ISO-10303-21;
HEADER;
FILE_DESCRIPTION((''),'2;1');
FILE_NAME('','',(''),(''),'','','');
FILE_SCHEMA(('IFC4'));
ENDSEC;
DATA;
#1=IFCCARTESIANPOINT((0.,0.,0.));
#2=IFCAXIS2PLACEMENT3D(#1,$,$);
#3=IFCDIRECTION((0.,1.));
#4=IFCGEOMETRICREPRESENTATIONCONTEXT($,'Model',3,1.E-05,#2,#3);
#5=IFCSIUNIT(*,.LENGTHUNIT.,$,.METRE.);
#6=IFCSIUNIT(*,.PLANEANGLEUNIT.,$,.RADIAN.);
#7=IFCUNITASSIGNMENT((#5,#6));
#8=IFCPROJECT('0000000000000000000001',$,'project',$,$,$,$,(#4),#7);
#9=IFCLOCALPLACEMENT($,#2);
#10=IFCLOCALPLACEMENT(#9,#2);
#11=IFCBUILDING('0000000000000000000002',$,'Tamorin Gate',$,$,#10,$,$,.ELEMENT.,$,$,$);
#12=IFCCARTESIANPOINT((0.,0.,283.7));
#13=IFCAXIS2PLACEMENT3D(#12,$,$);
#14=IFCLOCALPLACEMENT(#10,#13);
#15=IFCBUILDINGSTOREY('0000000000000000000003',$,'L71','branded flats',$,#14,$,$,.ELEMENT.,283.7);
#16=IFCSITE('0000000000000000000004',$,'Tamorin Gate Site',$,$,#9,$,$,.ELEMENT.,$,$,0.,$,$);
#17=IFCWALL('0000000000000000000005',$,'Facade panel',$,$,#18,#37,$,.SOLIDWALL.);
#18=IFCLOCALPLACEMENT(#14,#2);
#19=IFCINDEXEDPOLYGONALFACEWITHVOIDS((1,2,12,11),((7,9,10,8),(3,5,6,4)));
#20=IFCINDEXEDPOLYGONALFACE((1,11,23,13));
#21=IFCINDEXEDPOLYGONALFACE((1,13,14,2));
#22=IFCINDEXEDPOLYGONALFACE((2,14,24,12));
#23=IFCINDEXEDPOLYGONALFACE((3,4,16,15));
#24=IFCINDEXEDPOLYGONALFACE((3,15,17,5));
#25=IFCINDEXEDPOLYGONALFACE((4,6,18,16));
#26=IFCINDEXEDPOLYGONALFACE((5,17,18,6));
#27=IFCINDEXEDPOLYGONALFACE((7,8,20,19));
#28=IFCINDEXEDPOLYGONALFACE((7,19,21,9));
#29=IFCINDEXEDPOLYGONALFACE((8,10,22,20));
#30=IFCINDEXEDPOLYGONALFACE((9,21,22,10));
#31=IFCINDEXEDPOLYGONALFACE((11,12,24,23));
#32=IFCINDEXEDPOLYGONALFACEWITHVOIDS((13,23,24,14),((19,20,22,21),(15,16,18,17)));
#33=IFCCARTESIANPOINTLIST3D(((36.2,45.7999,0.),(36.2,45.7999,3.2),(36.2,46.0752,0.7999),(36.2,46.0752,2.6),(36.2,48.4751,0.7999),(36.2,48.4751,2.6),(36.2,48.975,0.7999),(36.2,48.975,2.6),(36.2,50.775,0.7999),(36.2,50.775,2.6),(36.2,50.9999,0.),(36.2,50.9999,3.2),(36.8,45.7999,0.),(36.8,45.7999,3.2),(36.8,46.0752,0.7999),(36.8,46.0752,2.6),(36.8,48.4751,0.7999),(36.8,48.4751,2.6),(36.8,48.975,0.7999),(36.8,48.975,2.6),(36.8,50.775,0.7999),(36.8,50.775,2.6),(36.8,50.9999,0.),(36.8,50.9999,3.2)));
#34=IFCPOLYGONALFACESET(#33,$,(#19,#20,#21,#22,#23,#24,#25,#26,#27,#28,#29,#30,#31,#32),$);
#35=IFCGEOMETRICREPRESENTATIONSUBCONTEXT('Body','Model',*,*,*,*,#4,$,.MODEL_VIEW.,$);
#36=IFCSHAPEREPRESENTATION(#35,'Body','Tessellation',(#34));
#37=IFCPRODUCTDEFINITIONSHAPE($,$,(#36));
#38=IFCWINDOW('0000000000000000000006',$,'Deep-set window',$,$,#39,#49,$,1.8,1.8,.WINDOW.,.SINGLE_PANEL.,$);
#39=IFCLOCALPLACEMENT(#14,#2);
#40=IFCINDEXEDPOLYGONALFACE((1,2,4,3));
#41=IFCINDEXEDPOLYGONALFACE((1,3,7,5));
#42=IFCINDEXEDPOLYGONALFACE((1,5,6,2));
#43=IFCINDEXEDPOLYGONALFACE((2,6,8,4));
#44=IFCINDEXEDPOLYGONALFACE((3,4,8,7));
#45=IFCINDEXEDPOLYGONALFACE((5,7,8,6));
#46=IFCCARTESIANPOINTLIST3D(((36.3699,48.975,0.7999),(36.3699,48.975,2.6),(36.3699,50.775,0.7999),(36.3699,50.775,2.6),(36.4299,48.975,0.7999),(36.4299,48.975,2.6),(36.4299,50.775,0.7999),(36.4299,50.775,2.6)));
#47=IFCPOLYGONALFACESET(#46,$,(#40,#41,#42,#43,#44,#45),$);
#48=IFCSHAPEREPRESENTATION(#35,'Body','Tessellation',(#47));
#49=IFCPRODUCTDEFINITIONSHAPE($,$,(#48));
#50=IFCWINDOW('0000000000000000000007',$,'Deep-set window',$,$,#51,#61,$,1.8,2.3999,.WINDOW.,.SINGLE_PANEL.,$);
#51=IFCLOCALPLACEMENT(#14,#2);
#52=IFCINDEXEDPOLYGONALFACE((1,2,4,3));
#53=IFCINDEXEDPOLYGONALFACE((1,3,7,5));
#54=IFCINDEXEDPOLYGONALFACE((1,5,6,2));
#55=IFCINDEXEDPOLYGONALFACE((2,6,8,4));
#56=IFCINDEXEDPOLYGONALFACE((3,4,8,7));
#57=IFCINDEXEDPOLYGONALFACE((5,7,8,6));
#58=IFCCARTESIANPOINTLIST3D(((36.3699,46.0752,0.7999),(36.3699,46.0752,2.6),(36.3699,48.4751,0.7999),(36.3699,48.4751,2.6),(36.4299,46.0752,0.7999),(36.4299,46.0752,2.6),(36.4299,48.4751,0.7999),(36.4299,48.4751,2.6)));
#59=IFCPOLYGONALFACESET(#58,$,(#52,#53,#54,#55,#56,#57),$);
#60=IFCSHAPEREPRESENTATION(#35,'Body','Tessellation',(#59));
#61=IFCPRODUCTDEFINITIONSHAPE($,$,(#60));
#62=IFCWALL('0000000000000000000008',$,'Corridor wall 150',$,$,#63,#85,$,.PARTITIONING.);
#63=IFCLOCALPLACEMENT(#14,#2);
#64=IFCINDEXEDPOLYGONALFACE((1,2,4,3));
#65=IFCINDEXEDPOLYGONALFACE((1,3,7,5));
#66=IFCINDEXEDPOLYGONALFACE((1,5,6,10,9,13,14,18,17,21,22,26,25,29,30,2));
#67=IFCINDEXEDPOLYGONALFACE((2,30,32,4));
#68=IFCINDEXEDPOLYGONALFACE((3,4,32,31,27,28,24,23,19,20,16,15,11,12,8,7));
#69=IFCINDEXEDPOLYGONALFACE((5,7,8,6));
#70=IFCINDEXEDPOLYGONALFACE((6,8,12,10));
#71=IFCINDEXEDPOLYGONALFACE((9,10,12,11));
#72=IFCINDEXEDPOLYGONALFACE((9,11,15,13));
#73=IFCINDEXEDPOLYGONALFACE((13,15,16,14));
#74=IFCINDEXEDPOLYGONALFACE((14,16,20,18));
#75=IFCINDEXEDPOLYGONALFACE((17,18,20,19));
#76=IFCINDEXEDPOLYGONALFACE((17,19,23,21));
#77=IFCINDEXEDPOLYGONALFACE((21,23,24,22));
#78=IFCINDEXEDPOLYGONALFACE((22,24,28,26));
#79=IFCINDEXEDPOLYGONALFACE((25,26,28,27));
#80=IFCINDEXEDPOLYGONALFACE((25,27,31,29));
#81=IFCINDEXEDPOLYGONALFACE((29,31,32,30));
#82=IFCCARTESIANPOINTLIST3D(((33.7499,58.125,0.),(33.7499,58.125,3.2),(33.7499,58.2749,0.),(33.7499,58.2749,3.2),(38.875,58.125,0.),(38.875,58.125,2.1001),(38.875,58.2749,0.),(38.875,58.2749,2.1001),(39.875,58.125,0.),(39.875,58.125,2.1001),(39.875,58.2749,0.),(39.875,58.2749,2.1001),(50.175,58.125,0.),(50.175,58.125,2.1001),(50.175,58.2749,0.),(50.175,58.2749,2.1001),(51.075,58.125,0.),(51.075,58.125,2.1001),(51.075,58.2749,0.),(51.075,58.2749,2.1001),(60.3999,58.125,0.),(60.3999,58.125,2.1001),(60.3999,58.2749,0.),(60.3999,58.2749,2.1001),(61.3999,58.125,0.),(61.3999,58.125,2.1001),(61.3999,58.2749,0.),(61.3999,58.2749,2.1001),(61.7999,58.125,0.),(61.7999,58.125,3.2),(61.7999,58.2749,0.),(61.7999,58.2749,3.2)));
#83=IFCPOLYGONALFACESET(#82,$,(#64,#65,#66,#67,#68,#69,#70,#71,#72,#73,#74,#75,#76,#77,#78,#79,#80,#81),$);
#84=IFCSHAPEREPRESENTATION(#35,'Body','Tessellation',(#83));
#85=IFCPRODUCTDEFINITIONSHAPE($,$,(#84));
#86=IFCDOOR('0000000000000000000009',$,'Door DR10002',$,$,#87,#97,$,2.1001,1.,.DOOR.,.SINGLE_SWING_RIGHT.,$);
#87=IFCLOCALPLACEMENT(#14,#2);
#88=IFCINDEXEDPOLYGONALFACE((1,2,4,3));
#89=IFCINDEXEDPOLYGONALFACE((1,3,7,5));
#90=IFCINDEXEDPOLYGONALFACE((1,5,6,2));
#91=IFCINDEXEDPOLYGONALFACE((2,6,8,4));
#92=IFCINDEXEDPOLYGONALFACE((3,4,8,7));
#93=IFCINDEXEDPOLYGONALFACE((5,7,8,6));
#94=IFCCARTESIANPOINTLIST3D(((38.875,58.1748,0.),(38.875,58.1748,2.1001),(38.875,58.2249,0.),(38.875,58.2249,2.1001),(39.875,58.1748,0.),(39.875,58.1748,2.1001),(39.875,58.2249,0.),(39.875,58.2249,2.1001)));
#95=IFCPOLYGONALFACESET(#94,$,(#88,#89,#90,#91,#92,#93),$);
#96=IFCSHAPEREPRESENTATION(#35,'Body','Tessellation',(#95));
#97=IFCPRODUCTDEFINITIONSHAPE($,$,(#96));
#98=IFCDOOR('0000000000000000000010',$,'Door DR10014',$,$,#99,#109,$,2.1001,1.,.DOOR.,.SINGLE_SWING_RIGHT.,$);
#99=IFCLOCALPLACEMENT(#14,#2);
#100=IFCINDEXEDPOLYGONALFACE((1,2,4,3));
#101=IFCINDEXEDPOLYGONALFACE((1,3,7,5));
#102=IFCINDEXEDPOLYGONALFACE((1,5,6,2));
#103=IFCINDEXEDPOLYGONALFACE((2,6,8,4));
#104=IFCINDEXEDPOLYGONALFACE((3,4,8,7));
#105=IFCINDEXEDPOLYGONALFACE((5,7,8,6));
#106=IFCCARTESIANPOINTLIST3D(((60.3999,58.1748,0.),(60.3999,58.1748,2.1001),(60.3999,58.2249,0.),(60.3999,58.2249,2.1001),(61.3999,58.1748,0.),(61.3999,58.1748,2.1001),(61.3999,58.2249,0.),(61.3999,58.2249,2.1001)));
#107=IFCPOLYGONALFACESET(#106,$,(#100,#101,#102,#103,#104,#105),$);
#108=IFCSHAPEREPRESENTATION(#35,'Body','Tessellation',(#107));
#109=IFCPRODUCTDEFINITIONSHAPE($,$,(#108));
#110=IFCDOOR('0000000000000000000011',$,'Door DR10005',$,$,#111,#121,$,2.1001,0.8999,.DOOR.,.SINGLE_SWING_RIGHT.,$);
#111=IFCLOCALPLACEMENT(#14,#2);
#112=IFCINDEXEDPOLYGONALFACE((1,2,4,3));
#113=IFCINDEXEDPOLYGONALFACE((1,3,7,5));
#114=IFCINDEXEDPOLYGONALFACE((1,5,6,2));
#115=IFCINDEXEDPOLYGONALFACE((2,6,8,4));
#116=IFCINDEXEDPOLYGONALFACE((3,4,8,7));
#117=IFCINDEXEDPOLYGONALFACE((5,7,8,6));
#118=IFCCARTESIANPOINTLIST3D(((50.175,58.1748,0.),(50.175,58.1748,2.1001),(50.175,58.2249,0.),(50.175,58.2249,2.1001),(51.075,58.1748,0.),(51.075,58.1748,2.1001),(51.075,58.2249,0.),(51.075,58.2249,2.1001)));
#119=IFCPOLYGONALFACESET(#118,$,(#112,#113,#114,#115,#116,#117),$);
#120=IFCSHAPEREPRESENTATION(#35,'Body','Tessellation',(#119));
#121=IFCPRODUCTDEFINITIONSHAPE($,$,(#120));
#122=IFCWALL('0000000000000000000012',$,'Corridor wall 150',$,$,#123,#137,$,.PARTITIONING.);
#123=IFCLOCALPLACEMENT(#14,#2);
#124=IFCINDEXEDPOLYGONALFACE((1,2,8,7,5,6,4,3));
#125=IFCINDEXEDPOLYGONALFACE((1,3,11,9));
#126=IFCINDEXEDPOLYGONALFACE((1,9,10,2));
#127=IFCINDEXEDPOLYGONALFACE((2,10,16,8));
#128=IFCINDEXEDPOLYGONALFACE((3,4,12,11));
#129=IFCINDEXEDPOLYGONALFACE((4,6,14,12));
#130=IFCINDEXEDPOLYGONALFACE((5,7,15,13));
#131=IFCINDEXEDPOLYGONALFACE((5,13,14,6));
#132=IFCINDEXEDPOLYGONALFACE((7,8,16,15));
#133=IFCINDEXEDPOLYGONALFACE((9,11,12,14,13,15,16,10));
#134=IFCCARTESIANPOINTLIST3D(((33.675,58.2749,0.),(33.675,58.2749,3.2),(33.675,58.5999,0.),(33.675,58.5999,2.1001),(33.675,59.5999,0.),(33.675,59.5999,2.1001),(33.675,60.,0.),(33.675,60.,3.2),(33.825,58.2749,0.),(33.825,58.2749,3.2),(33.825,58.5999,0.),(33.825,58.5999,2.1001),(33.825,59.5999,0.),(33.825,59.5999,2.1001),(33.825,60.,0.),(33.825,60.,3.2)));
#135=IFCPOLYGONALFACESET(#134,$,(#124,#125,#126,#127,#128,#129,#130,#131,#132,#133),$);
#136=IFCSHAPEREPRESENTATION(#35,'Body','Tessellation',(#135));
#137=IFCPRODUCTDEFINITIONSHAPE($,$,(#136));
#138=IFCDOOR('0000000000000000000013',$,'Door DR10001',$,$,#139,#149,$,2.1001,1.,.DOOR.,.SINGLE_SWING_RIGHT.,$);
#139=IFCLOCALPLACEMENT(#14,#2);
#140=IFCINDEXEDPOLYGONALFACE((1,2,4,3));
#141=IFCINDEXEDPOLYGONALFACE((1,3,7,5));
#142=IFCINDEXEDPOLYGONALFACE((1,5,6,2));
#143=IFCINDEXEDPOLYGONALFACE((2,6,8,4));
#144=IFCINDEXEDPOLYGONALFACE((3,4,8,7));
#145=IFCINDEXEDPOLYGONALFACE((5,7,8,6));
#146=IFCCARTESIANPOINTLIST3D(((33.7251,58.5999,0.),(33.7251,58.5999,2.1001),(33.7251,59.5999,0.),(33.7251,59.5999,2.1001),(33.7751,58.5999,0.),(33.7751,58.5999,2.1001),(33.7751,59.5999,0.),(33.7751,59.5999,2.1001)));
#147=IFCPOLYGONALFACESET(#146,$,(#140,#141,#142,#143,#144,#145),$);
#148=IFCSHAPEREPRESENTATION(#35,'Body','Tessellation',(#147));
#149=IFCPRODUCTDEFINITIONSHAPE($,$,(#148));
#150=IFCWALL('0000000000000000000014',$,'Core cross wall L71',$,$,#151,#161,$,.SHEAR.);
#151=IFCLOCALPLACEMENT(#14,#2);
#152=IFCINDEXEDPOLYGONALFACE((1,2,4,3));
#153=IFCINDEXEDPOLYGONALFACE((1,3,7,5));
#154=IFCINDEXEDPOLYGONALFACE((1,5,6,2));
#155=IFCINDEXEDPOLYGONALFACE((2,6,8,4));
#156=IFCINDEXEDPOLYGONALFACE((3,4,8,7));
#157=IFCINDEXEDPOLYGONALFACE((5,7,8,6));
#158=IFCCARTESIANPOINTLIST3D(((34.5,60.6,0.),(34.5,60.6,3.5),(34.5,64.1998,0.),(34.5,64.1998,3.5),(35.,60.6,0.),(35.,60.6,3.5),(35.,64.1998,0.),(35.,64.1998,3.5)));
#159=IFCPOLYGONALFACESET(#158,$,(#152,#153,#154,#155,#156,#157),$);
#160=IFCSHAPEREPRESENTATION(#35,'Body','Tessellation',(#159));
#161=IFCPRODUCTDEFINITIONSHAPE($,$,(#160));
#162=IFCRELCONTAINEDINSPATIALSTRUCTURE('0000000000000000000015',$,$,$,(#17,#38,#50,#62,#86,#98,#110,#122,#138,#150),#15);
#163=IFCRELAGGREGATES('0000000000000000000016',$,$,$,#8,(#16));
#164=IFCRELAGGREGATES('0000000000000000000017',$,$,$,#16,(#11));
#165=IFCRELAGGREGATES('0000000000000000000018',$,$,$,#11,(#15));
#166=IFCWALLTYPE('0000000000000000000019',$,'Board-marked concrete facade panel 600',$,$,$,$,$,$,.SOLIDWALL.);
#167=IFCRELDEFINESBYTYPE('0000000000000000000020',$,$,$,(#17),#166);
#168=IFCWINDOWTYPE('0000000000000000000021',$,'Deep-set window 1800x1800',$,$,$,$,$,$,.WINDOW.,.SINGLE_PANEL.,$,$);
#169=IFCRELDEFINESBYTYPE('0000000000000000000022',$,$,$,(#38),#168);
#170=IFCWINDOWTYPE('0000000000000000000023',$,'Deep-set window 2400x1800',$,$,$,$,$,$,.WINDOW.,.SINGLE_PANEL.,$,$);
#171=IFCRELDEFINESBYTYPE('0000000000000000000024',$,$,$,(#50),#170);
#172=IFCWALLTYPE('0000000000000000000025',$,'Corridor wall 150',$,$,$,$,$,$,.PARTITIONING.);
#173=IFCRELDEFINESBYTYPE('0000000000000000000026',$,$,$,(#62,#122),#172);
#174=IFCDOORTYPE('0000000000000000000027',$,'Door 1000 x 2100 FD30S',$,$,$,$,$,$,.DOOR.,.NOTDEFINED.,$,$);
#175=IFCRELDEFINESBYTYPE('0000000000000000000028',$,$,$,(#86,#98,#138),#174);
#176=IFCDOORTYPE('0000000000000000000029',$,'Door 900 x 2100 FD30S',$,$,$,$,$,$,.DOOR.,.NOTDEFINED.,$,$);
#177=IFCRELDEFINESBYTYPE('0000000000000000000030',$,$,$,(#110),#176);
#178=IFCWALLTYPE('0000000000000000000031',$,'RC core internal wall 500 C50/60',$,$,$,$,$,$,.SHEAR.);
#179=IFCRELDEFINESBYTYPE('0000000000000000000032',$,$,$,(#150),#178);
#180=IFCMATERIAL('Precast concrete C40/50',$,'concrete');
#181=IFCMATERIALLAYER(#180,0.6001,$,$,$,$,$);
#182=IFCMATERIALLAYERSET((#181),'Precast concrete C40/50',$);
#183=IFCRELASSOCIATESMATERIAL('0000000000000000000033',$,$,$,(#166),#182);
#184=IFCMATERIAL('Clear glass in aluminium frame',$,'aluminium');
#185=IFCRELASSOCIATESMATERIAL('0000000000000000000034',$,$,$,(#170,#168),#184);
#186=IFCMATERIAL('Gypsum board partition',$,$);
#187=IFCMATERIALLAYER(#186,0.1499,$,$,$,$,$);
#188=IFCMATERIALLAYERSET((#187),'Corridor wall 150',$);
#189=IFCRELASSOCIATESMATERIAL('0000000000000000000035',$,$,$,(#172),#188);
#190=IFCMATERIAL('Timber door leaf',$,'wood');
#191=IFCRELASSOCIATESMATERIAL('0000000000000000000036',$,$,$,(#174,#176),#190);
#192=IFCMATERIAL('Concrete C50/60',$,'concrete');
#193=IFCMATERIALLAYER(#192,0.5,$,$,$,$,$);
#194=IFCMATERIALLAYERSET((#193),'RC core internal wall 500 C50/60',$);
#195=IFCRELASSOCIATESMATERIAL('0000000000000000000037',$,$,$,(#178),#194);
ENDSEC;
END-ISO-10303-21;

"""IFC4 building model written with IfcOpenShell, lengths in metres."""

from ifc_helpers import new_model, si_unit, direction, frame, frame_2d, origin, place, context, subcontext, project, spatial, rectangle, extrude, material, layer, layer_set, type_object, element, fill, save


model = new_model("IFC4")

# Units and contexts
model_context = context("Model", 3, precision=1e-05, world=origin(), true_north=direction((0.0, 1.0)))
body_context = subcontext(model_context, "Body", "Model", "MODEL_VIEW")
ifc_project = project(units=[si_unit("LENGTHUNIT", "METRE"), si_unit("PLANEANGLEUNIT", "RADIAN")], contexts=[model_context])

# Site, building, storey
site_placement = place(None, origin())
site = spatial("IfcSite", under=ifc_project, at=site_placement, Name="Tamorin Gate Site", CompositionType="ELEMENT", RefElevation=0.0)
building_placement = place(site_placement, origin())
building = spatial("IfcBuilding", under=site, at=building_placement, Name="Tamorin Gate", CompositionType="ELEMENT")
storey_placement = place(building_placement, frame((0.0, 0.0, 283.7)))
storey = spatial("IfcBuildingStorey", under=building, at=storey_placement, Name="L71", Description="branded flats", CompositionType="ELEMENT", Elevation=283.7)

# Shared definitions
ifc_material_1 = material(Name="Concrete C50/60", Category="concrete")

# Shared definitions
ifc_material_2 = material(Name="Precast concrete C40/50", Category="concrete")
ifc_layer_1 = layer(ifc_material_2, 0.6001)
ifc_layer_set_1 = layer_set([ifc_layer_1], Name="Precast concrete C40/50")
wall_type_1 = type_object("IfcWallType", Name="Board-marked concrete facade panel 600", PredefinedType="SOLIDWALL", material=ifc_layer_set_1)
ifc_material_3 = material(Name="Clear glass in aluminium frame", Category="aluminium")
window_type_1 = type_object("IfcWindowType", Name="Deep-set window 2400x1800", PartitioningType="SINGLE_PANEL", PredefinedType="WINDOW", material=ifc_material_3)

# Wall, openings, windows
window_type_2 = type_object("IfcWindowType", Name="Deep-set window 1800x1800", PartitioningType="SINGLE_PANEL", PredefinedType="WINDOW", material=ifc_material_3)
wall_1_placement = place(storey_placement, frame((36.5, 51.0, 0.0), z_axis=(0.0, 0.0, 1.0), x_axis=(0.0, -1.0, 0.0)))
wall_1 = element("IfcWall", 1, at=wall_1_placement, inside=storey, type_object=wall_type_1, Name="Facade panel", PredefinedType="SOLIDWALL", context=body_context, shape_type="SweptSolid", body=[
    extrude(rectangle(XDim=5.2, YDim=0.6001, at=frame_2d((2.6001, 0.0))), origin(), (0.0, 0.0, 1.0), 3.2),
])
opening_1_placement = place(wall_1_placement, frame((2.5249, 0.0, 0.8)))
opening_1 = element("IfcOpeningElement", 2, at=opening_1_placement, cuts=wall_1, PredefinedType="OPENING", context=body_context, shape_type="SweptSolid", body=[
    extrude(rectangle(XDim=2.3999, YDim=1.8, at=frame_2d((1.2, 0.8999))), frame((0.0, 0.3101, 0.0), z_axis=(0.0, -1.0, 0.0), x_axis=(1.0, 0.0, 0.0)), (0.0, 0.0, 1.0), 0.6201),
])
opening_2_placement = place(wall_1_placement, frame((0.2251, 0.0, 0.8)))
opening_2 = element("IfcOpeningElement", 3, at=opening_2_placement, cuts=wall_1, PredefinedType="OPENING", context=body_context, shape_type="SweptSolid", body=[
    extrude(rectangle(XDim=1.8, YDim=1.8, at=frame_2d((0.8999, 0.8999))), frame((0.0, 0.3101, 0.0), z_axis=(0.0, -1.0, 0.0), x_axis=(1.0, 0.0, 0.0)), (0.0, 0.0, 1.0), 0.6201),
])
window_1_placement = place(opening_2_placement, origin())
window_1 = element("IfcWindow", 4, at=window_1_placement, inside=storey, type_object=window_type_2, Name="Deep-set window", OverallHeight=1.8, OverallWidth=1.8, PartitioningType="SINGLE_PANEL", PredefinedType="WINDOW", context=body_context, shape_type="SweptSolid", body=[
    extrude(rectangle(XDim=1.8, YDim=1.8, at=frame_2d((0.8999, 0.8999))), frame((0.0, -0.0701, 0.0), z_axis=(0.0, -1.0, 0.0), x_axis=(1.0, 0.0, 0.0)), (0.0, 0.0, 1.0), 0.0601),
])
fill(opening_2, window_1)
window_2_placement = place(opening_1_placement, origin())
window_2 = element("IfcWindow", 5, at=window_2_placement, inside=storey, type_object=window_type_1, Name="Deep-set window", OverallHeight=1.8, OverallWidth=2.3999, PartitioningType="SINGLE_PANEL", PredefinedType="WINDOW", context=body_context, shape_type="SweptSolid", body=[
    extrude(rectangle(XDim=2.3999, YDim=1.8, at=frame_2d((1.2, 0.8999))), frame((0.0, -0.0701, 0.0), z_axis=(0.0, -1.0, 0.0), x_axis=(1.0, 0.0, 0.0)), (0.0, 0.0, 1.0), 0.0601),
])
fill(opening_1, window_2)

# Wall, openings, doors
ifc_material_4 = material(Name="Gypsum board partition")
ifc_layer_2 = layer(ifc_material_4, 0.1499)
ifc_layer_set_2 = layer_set([ifc_layer_2], Name="Corridor wall 150")
wall_type_2 = type_object("IfcWallType", Name="Corridor wall 150", PredefinedType="PARTITIONING", material=ifc_layer_set_2)
wall_2_placement = place(storey_placement, frame((33.75, 58.2, 0.0), z_axis=(0.0, 0.0, 1.0), x_axis=(1.0, 0.0, 0.0)))
wall_2 = element("IfcWall", 6, at=wall_2_placement, inside=storey, type_object=wall_type_2, Name="Corridor wall 150", PredefinedType="PARTITIONING", context=body_context, shape_type="SweptSolid", body=[
    extrude(rectangle(XDim=28.05, YDim=0.1499, at=frame_2d((14.0249, 0.0))), origin(), (0.0, 0.0, 1.0), 3.2),
])
opening_3_placement = place(wall_2_placement, frame((5.125, 0.0, 0.0)))
opening_3 = element("IfcOpeningElement", 7, at=opening_3_placement, cuts=wall_2, PredefinedType="OPENING", context=body_context, shape_type="SweptSolid", body=[
    extrude(rectangle(XDim=1.0, YDim=2.1001, at=frame_2d((0.5, 1.05))), frame((0.0, 0.085, 0.0), z_axis=(0.0, -1.0, 0.0), x_axis=(1.0, 0.0, 0.0)), (0.0, 0.0, 1.0), 0.1699),
])
opening_4_placement = place(wall_2_placement, frame((16.425, 0.0, 0.0)))
opening_4 = element("IfcOpeningElement", 8, at=opening_4_placement, cuts=wall_2, PredefinedType="OPENING", context=body_context, shape_type="SweptSolid", body=[
    extrude(rectangle(XDim=0.8999, YDim=2.1001, at=frame_2d((0.45, 1.05))), frame((0.0, 0.085, 0.0), z_axis=(0.0, -1.0, 0.0), x_axis=(1.0, 0.0, 0.0)), (0.0, 0.0, 1.0), 0.1699),
])
opening_5_placement = place(wall_2_placement, frame((26.6499, 0.0, 0.0)))
opening_5 = element("IfcOpeningElement", 9, at=opening_5_placement, cuts=wall_2, PredefinedType="OPENING", context=body_context, shape_type="SweptSolid", body=[
    extrude(rectangle(XDim=1.0, YDim=2.1001, at=frame_2d((0.5, 1.05))), frame((0.0, 0.085, 0.0), z_axis=(0.0, -1.0, 0.0), x_axis=(1.0, 0.0, 0.0)), (0.0, 0.0, 1.0), 0.1699),
])
ifc_material_5 = material(Name="Timber door leaf", Category="wood")
door_type_1 = type_object("IfcDoorType", Name="Door 1000 x 2100 FD30S", OperationType="NOTDEFINED", PredefinedType="DOOR", material=ifc_material_5)
door_1_placement = place(opening_3_placement, origin())
door_1 = element("IfcDoor", 10, at=door_1_placement, inside=storey, type_object=door_type_1, Name="Door DR10002", OperationType="SINGLE_SWING_RIGHT", OverallHeight=2.1001, OverallWidth=1.0, PredefinedType="DOOR", context=body_context, shape_type="SweptSolid", body=[
    extrude(rectangle(XDim=1.0, YDim=2.1001, at=frame_2d((0.5, 1.05))), frame((0.0, 0.0249, 0.0), z_axis=(0.0, -1.0, 0.0), x_axis=(1.0, 0.0, 0.0)), (0.0, 0.0, 1.0), 0.05),
])
fill(opening_3, door_1)
door_2_placement = place(opening_5_placement, origin())
door_2 = element("IfcDoor", 11, at=door_2_placement, inside=storey, type_object=door_type_1, Name="Door DR10014", OperationType="SINGLE_SWING_RIGHT", OverallHeight=2.1001, OverallWidth=1.0, PredefinedType="DOOR", context=body_context, shape_type="SweptSolid", body=[
    extrude(rectangle(XDim=1.0, YDim=2.1001, at=frame_2d((0.5, 1.05))), frame((0.0, 0.0249, 0.0), z_axis=(0.0, -1.0, 0.0), x_axis=(1.0, 0.0, 0.0)), (0.0, 0.0, 1.0), 0.05),
])
fill(opening_5, door_2)
door_type_2 = type_object("IfcDoorType", Name="Door 900 x 2100 FD30S", OperationType="NOTDEFINED", PredefinedType="DOOR", material=ifc_material_5)
door_3_placement = place(opening_4_placement, origin())
door_3 = element("IfcDoor", 12, at=door_3_placement, inside=storey, type_object=door_type_2, Name="Door DR10005", OperationType="SINGLE_SWING_RIGHT", OverallHeight=2.1001, OverallWidth=0.8999, PredefinedType="DOOR", context=body_context, shape_type="SweptSolid", body=[
    extrude(rectangle(XDim=0.8999, YDim=2.1001, at=frame_2d((0.45, 1.05))), frame((0.0, 0.0249, 0.0), z_axis=(0.0, -1.0, 0.0), x_axis=(1.0, 0.0, 0.0)), (0.0, 0.0, 1.0), 0.05),
])
fill(opening_4, door_3)

# Wall, opening, door
wall_3_placement = place(storey_placement, frame((33.75, 58.2749, 0.0), z_axis=(0.0, 0.0, 1.0), x_axis=(0.0, 1.0, 0.0)))
wall_3 = element("IfcWall", 13, at=wall_3_placement, inside=storey, type_object=wall_type_2, Name="Corridor wall 150", PredefinedType="PARTITIONING", context=body_context, shape_type="SweptSolid", body=[
    extrude(rectangle(XDim=1.7251, YDim=0.1499, at=frame_2d((0.8625, 0.0))), origin(), (0.0, 0.0, 1.0), 3.2),
])
opening_6_placement = place(wall_3_placement, frame((0.325, 0.0, 0.0)))
opening_6 = element("IfcOpeningElement", 14, at=opening_6_placement, cuts=wall_3, PredefinedType="OPENING", context=body_context, shape_type="SweptSolid", body=[
    extrude(rectangle(XDim=1.0, YDim=2.1001, at=frame_2d((0.5, 1.05))), frame((0.0, 0.085, 0.0), z_axis=(0.0, -1.0, 0.0), x_axis=(1.0, 0.0, 0.0)), (0.0, 0.0, 1.0), 0.1699),
])
door_4_placement = place(opening_6_placement, origin())
door_4 = element("IfcDoor", 15, at=door_4_placement, inside=storey, type_object=door_type_1, Name="Door DR10001", OperationType="SINGLE_SWING_RIGHT", OverallHeight=2.1001, OverallWidth=1.0, PredefinedType="DOOR", context=body_context, shape_type="SweptSolid", body=[
    extrude(rectangle(XDim=1.0, YDim=2.1001, at=frame_2d((0.5, 1.05))), frame((0.0, 0.0249, 0.0), z_axis=(0.0, -1.0, 0.0), x_axis=(1.0, 0.0, 0.0)), (0.0, 0.0, 1.0), 0.05),
])
fill(opening_6, door_4)

# Wall
ifc_layer_3 = layer(ifc_material_1, 0.5)
ifc_layer_set_3 = layer_set([ifc_layer_3], Name="RC core internal wall 500 C50/60")
wall_type_3 = type_object("IfcWallType", Name="RC core internal wall 500 C50/60", PredefinedType="SHEAR", material=ifc_layer_set_3)
wall_4_placement = place(storey_placement, frame((34.75, 60.6001, 0.0), z_axis=(0.0, 0.0, 1.0), x_axis=(0.0, 1.0, 0.0)))
element("IfcWall", 16, at=wall_4_placement, inside=storey, type_object=wall_type_3, Name="Core cross wall L71", PredefinedType="SHEAR", context=body_context, shape_type="SweptSolid", body=[
    extrude(rectangle(XDim=3.5999, YDim=0.5, at=frame_2d((1.7998, 0.0))), origin(), (0.0, 0.0, 1.0), 3.5),
])

save(model, "model.ifc")
